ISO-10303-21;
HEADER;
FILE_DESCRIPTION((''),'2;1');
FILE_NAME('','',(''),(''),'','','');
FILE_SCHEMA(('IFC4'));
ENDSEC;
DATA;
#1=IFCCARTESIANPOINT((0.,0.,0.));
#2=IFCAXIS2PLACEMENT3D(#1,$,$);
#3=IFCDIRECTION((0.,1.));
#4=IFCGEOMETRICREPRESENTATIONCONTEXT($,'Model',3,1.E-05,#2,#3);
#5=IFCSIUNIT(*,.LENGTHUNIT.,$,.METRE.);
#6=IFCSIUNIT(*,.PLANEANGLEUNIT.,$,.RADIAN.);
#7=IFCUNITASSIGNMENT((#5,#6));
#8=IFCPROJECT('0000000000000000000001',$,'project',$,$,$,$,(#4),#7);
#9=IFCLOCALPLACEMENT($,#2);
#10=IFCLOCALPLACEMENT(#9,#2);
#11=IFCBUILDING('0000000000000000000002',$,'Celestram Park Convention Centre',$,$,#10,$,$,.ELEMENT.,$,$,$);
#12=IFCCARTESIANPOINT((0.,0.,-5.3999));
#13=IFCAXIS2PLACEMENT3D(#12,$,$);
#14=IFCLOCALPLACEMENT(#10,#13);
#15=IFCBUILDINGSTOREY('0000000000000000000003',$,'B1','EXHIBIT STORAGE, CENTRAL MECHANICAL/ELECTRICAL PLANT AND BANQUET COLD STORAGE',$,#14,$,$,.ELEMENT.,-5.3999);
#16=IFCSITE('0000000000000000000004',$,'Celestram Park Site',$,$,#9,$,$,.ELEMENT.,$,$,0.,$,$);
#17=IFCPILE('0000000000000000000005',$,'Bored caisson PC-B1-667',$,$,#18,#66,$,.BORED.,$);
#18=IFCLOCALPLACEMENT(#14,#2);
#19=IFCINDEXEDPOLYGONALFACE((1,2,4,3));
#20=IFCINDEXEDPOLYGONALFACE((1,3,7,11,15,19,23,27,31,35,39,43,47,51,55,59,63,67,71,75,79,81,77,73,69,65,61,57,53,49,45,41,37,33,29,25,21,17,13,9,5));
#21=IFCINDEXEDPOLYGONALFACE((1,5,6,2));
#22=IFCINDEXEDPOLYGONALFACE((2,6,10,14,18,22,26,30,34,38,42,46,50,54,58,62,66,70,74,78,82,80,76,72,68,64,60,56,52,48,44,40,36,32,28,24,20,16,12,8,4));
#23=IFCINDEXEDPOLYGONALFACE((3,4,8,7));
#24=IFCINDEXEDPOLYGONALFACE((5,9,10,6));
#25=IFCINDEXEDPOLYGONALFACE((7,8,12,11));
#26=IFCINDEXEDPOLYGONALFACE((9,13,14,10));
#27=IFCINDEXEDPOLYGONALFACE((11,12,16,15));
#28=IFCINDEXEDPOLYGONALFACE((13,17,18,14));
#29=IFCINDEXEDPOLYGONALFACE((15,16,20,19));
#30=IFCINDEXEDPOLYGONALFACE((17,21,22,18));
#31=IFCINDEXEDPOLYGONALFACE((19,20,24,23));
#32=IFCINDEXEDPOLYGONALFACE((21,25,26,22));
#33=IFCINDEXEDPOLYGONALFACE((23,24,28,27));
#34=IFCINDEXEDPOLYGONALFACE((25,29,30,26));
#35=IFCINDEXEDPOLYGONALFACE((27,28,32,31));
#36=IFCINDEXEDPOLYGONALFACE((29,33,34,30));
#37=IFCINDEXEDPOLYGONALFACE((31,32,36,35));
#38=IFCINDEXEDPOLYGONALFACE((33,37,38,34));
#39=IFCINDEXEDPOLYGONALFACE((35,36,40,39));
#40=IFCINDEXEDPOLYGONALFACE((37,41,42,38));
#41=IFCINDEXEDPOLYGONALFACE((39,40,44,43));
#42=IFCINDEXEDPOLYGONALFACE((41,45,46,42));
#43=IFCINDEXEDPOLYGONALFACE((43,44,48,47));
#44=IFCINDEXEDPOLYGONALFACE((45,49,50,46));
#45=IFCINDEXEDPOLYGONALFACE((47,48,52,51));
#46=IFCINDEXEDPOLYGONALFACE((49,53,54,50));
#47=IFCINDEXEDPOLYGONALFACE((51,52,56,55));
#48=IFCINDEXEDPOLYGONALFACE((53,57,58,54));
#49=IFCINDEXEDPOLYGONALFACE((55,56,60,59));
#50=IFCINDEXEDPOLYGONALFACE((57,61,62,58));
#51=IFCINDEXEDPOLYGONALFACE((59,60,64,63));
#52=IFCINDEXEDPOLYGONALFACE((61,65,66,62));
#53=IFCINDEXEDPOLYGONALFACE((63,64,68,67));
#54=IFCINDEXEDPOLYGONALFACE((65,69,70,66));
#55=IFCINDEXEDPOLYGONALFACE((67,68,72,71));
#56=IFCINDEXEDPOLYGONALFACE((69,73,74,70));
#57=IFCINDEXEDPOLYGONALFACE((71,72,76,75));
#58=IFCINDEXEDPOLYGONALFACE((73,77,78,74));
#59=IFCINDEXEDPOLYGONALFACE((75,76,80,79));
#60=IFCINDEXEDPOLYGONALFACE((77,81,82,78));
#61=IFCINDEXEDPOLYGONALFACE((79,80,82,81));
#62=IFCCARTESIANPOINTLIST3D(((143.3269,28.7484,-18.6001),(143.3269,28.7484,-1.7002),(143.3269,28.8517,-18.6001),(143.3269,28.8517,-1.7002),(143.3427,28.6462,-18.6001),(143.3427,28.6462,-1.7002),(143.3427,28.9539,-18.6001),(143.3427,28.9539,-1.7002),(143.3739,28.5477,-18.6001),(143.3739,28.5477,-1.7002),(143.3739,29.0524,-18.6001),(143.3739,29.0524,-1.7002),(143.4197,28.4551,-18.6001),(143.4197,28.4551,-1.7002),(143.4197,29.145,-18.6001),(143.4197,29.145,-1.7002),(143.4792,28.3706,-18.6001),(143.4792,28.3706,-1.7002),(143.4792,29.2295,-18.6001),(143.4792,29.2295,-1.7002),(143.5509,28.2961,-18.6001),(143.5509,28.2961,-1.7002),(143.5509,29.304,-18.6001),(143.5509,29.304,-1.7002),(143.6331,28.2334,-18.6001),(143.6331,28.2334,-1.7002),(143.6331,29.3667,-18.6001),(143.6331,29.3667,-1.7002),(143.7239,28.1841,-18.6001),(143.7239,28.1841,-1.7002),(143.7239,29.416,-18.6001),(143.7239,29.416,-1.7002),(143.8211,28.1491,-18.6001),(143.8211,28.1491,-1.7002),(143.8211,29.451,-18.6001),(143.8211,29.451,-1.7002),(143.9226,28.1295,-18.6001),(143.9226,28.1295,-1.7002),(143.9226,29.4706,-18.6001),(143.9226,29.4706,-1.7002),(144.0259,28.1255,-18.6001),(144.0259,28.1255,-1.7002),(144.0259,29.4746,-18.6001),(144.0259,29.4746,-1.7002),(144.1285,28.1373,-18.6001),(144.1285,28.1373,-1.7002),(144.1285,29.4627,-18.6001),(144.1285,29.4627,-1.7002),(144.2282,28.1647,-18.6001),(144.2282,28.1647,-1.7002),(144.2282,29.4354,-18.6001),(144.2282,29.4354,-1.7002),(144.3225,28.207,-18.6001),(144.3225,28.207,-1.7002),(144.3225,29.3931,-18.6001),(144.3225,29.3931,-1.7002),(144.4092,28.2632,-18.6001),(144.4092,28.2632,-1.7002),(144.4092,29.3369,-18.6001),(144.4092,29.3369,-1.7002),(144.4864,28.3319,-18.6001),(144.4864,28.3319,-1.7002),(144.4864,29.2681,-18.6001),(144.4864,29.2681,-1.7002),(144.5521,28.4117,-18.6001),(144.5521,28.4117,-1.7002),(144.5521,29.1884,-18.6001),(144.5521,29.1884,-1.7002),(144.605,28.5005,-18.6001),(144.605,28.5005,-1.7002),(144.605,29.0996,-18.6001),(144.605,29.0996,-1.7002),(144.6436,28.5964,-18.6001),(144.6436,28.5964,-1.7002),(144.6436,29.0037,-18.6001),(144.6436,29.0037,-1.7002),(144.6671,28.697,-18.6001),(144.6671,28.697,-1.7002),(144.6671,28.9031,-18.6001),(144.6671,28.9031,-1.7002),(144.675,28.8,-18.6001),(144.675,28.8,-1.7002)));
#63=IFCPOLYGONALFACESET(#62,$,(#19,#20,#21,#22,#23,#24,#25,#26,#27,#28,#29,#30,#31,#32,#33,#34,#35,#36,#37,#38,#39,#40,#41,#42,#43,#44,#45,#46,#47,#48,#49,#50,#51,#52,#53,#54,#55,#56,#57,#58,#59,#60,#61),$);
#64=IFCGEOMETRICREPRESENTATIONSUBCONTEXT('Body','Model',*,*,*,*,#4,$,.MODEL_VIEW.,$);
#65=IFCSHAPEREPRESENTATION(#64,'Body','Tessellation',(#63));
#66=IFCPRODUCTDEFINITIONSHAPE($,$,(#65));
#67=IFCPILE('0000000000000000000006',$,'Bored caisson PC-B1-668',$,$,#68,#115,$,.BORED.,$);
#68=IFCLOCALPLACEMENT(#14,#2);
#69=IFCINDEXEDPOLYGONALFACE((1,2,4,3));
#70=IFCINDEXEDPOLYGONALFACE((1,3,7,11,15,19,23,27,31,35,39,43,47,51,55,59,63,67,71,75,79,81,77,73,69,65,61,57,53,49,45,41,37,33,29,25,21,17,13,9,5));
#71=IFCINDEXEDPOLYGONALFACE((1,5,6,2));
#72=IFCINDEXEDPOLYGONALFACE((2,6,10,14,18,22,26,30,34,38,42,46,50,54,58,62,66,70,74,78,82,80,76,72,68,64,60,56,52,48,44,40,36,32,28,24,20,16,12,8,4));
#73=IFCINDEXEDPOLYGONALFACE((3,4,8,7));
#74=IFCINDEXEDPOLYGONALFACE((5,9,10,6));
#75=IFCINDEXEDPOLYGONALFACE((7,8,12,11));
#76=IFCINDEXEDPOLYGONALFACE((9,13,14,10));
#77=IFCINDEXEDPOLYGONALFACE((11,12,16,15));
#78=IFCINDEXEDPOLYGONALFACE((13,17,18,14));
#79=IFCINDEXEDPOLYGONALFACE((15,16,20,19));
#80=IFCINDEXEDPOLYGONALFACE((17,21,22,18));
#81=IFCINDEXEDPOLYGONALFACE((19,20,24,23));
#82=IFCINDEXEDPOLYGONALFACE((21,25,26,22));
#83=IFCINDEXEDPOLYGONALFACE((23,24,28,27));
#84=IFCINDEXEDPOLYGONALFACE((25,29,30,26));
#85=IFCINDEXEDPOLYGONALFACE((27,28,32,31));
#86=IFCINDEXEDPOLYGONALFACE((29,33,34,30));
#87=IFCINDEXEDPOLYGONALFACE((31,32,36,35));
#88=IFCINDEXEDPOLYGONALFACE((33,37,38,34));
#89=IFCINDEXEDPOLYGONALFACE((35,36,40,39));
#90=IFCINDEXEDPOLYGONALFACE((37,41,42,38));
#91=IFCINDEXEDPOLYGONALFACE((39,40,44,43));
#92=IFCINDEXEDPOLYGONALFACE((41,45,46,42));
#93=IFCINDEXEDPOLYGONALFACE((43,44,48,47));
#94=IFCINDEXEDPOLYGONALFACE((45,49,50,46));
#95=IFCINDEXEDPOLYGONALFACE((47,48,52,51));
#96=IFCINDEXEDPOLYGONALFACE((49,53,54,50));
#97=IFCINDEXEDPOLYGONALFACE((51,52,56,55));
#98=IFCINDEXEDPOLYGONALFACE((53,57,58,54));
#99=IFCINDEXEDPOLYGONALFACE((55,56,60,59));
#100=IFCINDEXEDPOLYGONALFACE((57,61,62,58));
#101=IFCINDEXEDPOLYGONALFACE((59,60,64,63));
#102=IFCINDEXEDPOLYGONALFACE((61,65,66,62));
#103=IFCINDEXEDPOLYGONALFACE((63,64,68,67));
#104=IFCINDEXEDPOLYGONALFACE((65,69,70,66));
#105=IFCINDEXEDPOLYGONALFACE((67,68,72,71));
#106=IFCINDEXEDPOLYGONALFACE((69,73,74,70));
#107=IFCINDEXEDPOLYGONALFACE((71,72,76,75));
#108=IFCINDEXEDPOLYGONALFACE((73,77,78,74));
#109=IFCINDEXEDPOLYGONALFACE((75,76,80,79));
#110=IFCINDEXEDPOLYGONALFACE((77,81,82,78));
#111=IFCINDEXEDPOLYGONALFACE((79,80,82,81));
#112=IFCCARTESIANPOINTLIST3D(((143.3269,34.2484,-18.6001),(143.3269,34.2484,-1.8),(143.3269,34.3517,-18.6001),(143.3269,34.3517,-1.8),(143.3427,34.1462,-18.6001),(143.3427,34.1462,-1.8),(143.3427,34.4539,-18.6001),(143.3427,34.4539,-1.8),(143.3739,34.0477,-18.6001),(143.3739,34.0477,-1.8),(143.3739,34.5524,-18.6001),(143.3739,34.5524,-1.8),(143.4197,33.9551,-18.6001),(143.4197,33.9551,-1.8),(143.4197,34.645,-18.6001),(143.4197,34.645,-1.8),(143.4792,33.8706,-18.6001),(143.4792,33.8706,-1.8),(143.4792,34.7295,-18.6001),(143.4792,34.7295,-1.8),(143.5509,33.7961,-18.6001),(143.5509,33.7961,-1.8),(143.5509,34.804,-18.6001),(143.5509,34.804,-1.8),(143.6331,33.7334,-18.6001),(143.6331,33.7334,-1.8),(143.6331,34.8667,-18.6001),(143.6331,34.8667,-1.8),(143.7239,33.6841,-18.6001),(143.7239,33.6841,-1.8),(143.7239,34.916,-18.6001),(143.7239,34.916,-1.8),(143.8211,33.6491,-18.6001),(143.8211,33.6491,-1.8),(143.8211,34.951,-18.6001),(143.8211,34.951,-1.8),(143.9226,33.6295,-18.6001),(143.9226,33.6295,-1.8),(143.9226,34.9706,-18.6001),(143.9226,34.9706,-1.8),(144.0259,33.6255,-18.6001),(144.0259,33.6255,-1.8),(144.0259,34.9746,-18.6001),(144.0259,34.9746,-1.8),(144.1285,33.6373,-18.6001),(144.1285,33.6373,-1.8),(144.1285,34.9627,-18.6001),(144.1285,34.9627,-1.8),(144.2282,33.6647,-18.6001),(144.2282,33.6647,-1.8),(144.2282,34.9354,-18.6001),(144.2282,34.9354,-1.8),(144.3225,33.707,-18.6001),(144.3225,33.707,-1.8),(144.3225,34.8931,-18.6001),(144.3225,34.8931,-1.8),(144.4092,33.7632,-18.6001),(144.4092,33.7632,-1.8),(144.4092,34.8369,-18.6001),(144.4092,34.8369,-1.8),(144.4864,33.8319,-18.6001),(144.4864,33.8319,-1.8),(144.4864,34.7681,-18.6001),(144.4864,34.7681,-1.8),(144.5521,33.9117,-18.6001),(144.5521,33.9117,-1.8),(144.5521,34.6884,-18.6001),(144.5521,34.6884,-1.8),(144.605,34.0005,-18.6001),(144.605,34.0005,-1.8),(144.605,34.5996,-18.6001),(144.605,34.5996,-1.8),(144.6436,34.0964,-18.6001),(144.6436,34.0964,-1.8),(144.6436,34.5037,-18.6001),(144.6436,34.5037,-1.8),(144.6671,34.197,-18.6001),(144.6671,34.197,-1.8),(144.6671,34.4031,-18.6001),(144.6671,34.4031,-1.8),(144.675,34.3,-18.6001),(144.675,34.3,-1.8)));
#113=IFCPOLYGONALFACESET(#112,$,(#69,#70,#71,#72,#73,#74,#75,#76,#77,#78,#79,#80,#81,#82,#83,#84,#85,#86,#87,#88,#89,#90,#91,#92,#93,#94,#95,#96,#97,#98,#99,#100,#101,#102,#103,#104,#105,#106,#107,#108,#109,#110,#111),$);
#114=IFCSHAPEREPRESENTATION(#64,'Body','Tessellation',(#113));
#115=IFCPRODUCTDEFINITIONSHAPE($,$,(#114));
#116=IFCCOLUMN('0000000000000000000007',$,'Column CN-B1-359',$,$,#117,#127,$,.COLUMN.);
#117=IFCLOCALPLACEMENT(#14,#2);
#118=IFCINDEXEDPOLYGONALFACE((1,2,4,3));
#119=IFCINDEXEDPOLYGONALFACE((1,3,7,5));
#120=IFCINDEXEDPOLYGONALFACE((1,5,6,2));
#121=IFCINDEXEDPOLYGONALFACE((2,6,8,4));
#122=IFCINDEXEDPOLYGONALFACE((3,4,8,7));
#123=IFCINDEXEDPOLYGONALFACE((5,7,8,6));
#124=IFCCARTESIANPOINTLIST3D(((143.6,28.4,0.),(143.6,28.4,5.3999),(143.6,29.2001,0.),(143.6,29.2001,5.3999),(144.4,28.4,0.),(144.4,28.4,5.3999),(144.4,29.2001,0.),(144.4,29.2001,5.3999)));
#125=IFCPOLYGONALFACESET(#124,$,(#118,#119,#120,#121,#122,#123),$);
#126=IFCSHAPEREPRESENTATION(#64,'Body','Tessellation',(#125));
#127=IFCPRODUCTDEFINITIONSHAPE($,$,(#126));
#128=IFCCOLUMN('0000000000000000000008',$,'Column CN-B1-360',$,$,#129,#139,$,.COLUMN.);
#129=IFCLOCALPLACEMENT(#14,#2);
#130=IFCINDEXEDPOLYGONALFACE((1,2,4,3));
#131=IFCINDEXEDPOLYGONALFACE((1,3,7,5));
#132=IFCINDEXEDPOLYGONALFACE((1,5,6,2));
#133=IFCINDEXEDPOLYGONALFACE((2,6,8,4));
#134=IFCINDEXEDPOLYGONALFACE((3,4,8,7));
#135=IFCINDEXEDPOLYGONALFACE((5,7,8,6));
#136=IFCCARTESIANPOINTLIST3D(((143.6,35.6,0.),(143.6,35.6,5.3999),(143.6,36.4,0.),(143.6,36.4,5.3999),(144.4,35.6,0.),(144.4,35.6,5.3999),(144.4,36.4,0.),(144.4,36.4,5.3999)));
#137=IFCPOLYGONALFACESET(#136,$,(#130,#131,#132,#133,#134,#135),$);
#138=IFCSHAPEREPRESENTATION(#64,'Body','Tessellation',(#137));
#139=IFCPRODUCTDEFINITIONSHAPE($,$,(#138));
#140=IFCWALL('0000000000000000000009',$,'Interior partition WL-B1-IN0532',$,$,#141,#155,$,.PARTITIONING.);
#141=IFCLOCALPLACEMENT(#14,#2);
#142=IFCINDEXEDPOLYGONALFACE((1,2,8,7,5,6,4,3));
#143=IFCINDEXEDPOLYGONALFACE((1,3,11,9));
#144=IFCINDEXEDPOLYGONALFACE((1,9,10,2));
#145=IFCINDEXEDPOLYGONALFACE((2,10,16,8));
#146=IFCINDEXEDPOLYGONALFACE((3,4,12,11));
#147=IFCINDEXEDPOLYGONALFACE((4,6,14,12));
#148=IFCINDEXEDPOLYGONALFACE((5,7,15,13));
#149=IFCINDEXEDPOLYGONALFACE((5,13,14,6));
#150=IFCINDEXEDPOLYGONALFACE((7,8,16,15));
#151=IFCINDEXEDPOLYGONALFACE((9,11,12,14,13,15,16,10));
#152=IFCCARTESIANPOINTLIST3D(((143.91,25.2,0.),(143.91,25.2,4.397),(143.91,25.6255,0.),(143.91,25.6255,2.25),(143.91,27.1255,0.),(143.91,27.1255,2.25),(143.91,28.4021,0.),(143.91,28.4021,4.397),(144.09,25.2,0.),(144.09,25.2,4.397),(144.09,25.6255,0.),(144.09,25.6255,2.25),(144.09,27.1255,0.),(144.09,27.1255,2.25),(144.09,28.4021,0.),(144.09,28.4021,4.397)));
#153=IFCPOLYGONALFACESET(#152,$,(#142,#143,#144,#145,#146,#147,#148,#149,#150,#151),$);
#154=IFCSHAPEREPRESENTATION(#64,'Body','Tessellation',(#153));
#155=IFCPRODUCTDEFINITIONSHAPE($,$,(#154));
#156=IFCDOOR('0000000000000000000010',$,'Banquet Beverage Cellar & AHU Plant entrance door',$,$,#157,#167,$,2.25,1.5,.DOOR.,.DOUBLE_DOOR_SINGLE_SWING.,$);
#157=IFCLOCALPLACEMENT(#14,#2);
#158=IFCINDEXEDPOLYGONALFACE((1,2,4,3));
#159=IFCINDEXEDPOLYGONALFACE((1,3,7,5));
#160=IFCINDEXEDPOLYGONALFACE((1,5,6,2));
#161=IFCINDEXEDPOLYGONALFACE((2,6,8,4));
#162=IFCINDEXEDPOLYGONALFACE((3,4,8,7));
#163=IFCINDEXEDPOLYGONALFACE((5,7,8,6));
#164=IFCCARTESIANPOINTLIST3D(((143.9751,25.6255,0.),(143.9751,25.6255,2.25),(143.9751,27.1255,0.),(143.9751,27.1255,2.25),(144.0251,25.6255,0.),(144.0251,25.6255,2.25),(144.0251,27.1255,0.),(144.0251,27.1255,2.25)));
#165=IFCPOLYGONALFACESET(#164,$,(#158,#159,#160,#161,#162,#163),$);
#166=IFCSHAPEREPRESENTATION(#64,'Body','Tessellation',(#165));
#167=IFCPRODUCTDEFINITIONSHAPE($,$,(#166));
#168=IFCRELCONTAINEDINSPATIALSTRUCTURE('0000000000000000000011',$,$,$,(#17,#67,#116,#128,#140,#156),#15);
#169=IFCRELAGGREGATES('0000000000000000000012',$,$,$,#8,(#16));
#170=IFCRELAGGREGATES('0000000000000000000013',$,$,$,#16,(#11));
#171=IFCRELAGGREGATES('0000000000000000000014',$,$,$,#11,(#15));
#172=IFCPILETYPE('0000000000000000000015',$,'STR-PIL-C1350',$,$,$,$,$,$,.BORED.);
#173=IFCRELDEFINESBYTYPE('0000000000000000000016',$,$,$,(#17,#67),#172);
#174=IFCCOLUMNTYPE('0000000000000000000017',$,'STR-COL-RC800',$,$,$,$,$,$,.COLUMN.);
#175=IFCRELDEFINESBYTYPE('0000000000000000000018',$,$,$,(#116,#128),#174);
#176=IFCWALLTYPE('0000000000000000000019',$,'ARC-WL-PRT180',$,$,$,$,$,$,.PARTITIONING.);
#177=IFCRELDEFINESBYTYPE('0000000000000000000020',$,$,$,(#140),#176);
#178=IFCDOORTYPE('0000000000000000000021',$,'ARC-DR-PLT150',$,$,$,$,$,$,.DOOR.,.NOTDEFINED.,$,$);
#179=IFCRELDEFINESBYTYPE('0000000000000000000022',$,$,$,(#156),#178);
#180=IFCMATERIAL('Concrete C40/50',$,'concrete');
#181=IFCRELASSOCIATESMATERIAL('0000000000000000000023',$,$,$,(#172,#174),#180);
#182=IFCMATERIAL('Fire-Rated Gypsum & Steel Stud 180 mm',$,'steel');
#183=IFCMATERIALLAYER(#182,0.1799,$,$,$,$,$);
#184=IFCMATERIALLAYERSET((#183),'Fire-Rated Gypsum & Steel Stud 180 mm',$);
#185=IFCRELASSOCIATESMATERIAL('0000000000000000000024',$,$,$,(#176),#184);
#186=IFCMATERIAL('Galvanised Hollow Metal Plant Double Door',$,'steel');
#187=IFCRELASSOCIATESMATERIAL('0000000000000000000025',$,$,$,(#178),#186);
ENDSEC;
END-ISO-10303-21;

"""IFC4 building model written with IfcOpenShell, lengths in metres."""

from ifc_helpers import new_model, si_unit, direction, frame, frame_2d, origin, origin_2d, place, context, subcontext, project, spatial, rectangle, circle, extrude, material, layer, layer_set, material_profile, profile_set, type_object, element, fill, save


model = new_model("IFC4")

# Units and contexts
model_context = context("Model", 3, precision=1e-05, world=origin(), true_north=direction((0.0, 1.0)))
body_context = subcontext(model_context, "Body", "Model", "MODEL_VIEW")
ifc_project = project(units=[si_unit("LENGTHUNIT", "METRE"), si_unit("PLANEANGLEUNIT", "RADIAN")], contexts=[model_context])

# Site, building, storey
site_placement = place(None, origin())
site = spatial("IfcSite", under=ifc_project, at=site_placement, Name="Celestram Park Site", CompositionType="ELEMENT", RefElevation=0.0)
building_placement = place(site_placement, origin())
building = spatial("IfcBuilding", under=site, at=building_placement, Name="Celestram Park Convention Centre", CompositionType="ELEMENT")
storey_placement = place(building_placement, frame((0.0, 0.0, -5.3999)))
storey = spatial("IfcBuildingStorey", under=building, at=storey_placement, Name="B1", Description="EXHIBIT STORAGE, CENTRAL MECHANICAL/ELECTRICAL PLANT AND BANQUET COLD STORAGE", CompositionType="ELEMENT", Elevation=-5.3999)

# Shared definitions
ifc_material_1 = material(Name="Concrete C40/50", Category="concrete")

# Piles
ifc_material_profile_1 = material_profile(ifc_material_1, circle(Radius=0.675, at=origin_2d()), Name="CAISSON1350")
ifc_profile_set_1 = profile_set([ifc_material_profile_1], Name="Concrete C40/50")
pile_type_1 = type_object("IfcPileType", Name="STR-PIL-C1350", PredefinedType="BORED", material=ifc_profile_set_1)
pile_1_placement = place(storey_placement, frame((144.0, 28.8, -1.7002), z_axis=(0.0, 0.0, -1.0), x_axis=(1.0, 0.0, 0.0)))
element("IfcPile", 1, at=pile_1_placement, inside=storey, type_object=pile_type_1, Name="Bored caisson PC-B1-667", PredefinedType="BORED", context=body_context, shape_type="SweptSolid", body=[
    extrude(circle(Radius=0.675, at=origin_2d()), origin(), (0.0, 0.0, 1.0), 16.8999),
])
pile_2_placement = place(storey_placement, frame((144.0, 34.3, -1.8), z_axis=(0.0, 0.0, -1.0), x_axis=(1.0, 0.0, 0.0)))
element("IfcPile", 2, at=pile_2_placement, inside=storey, type_object=pile_type_1, Name="Bored caisson PC-B1-668", PredefinedType="BORED", context=body_context, shape_type="SweptSolid", body=[
    extrude(circle(Radius=0.675, at=origin_2d()), origin(), (0.0, 0.0, 1.0), 16.8),
])

# Columns
ifc_material_profile_2 = material_profile(ifc_material_1, rectangle(XDim=0.8, YDim=0.8, at=origin_2d()), Name="RC800X800")
ifc_profile_set_2 = profile_set([ifc_material_profile_2], Name="Concrete C40/50")
column_type = type_object("IfcColumnType", Name="STR-COL-RC800", PredefinedType="COLUMN", material=ifc_profile_set_2)
for number, where, z_axis, x_axis, name in (
    (3, (144.0, 28.8, 0.0), (0.0, 0.0, 1.0), (1.0, 0.0, 0.0), "Column CN-B1-359"),
    (4, (144.0, 36.0, 0.0), (0.0, 0.0, 1.0), (1.0, 0.0, 0.0), "Column CN-B1-360"),
):
    element("IfcColumn", number, at=place(storey_placement, frame(where, z_axis=z_axis, x_axis=x_axis)), inside=storey, type_object=column_type, Name=name, PredefinedType="COLUMN", context=body_context, shape_type="SweptSolid", body=[
        extrude(rectangle(XDim=0.8, YDim=0.8, at=origin_2d()), origin(), (0.0, 0.0, 1.0), 5.3999),
    ])

# Wall, opening, door
ifc_material_2 = material(Name="Fire-Rated Gypsum & Steel Stud 180 mm", Category="steel")
ifc_layer_1 = layer(ifc_material_2, 0.1799)
ifc_layer_set_1 = layer_set([ifc_layer_1], Name="Fire-Rated Gypsum & Steel Stud 180 mm")
wall_type_1 = type_object("IfcWallType", Name="ARC-WL-PRT180", PredefinedType="PARTITIONING", material=ifc_layer_set_1)
wall_1_placement = place(storey_placement, frame((144.0, 25.2, 0.0), z_axis=(0.0, 0.0, 1.0), x_axis=(0.0, 1.0, 0.0)))
wall_1 = element("IfcWall", 5, at=wall_1_placement, inside=storey, type_object=wall_type_1, Name="Interior partition WL-B1-IN0532", PredefinedType="PARTITIONING", context=body_context, shape_type="SweptSolid", body=[
    extrude(rectangle(XDim=3.2021, YDim=0.1799, at=frame_2d((1.6011, 0.0))), origin(), (0.0, 0.0, 1.0), 4.397),
])
opening_1_placement = place(wall_1_placement, frame((0.4255, 0.0, 0.0)))
opening_1 = element("IfcOpeningElement", 6, at=opening_1_placement, cuts=wall_1, PredefinedType="OPENING", context=body_context, shape_type="SweptSolid", body=[
    extrude(rectangle(XDim=1.5, YDim=2.25, at=frame_2d((0.75, 1.125))), frame((0.0, 0.0999, 0.0), z_axis=(0.0, -1.0, 0.0), x_axis=(1.0, 0.0, 0.0)), (0.0, 0.0, 1.0), 0.2),
])
ifc_material_3 = material(Name="Galvanised Hollow Metal Plant Double Door", Category="steel")
door_type = type_object("IfcDoorType", Name="ARC-DR-PLT150", OperationType="NOTDEFINED", PredefinedType="DOOR", material=ifc_material_3)
door_1_placement = place(opening_1_placement, origin())
door_1 = element("IfcDoor", 7, at=door_1_placement, inside=storey, type_object=door_type, Name="Banquet Beverage Cellar & AHU Plant entrance door", OperationType="DOUBLE_DOOR_SINGLE_SWING", OverallHeight=2.25, OverallWidth=1.5, PredefinedType="DOOR", context=body_context, shape_type="SweptSolid", body=[
    extrude(rectangle(XDim=1.5, YDim=2.25, at=frame_2d((0.75, 1.125))), frame((0.0, 0.0249, 0.0), z_axis=(0.0, -1.0, 0.0), x_axis=(1.0, 0.0, 0.0)), (0.0, 0.0, 1.0), 0.05),
])
fill(opening_1, door_1)

save(model, "model.ifc")
